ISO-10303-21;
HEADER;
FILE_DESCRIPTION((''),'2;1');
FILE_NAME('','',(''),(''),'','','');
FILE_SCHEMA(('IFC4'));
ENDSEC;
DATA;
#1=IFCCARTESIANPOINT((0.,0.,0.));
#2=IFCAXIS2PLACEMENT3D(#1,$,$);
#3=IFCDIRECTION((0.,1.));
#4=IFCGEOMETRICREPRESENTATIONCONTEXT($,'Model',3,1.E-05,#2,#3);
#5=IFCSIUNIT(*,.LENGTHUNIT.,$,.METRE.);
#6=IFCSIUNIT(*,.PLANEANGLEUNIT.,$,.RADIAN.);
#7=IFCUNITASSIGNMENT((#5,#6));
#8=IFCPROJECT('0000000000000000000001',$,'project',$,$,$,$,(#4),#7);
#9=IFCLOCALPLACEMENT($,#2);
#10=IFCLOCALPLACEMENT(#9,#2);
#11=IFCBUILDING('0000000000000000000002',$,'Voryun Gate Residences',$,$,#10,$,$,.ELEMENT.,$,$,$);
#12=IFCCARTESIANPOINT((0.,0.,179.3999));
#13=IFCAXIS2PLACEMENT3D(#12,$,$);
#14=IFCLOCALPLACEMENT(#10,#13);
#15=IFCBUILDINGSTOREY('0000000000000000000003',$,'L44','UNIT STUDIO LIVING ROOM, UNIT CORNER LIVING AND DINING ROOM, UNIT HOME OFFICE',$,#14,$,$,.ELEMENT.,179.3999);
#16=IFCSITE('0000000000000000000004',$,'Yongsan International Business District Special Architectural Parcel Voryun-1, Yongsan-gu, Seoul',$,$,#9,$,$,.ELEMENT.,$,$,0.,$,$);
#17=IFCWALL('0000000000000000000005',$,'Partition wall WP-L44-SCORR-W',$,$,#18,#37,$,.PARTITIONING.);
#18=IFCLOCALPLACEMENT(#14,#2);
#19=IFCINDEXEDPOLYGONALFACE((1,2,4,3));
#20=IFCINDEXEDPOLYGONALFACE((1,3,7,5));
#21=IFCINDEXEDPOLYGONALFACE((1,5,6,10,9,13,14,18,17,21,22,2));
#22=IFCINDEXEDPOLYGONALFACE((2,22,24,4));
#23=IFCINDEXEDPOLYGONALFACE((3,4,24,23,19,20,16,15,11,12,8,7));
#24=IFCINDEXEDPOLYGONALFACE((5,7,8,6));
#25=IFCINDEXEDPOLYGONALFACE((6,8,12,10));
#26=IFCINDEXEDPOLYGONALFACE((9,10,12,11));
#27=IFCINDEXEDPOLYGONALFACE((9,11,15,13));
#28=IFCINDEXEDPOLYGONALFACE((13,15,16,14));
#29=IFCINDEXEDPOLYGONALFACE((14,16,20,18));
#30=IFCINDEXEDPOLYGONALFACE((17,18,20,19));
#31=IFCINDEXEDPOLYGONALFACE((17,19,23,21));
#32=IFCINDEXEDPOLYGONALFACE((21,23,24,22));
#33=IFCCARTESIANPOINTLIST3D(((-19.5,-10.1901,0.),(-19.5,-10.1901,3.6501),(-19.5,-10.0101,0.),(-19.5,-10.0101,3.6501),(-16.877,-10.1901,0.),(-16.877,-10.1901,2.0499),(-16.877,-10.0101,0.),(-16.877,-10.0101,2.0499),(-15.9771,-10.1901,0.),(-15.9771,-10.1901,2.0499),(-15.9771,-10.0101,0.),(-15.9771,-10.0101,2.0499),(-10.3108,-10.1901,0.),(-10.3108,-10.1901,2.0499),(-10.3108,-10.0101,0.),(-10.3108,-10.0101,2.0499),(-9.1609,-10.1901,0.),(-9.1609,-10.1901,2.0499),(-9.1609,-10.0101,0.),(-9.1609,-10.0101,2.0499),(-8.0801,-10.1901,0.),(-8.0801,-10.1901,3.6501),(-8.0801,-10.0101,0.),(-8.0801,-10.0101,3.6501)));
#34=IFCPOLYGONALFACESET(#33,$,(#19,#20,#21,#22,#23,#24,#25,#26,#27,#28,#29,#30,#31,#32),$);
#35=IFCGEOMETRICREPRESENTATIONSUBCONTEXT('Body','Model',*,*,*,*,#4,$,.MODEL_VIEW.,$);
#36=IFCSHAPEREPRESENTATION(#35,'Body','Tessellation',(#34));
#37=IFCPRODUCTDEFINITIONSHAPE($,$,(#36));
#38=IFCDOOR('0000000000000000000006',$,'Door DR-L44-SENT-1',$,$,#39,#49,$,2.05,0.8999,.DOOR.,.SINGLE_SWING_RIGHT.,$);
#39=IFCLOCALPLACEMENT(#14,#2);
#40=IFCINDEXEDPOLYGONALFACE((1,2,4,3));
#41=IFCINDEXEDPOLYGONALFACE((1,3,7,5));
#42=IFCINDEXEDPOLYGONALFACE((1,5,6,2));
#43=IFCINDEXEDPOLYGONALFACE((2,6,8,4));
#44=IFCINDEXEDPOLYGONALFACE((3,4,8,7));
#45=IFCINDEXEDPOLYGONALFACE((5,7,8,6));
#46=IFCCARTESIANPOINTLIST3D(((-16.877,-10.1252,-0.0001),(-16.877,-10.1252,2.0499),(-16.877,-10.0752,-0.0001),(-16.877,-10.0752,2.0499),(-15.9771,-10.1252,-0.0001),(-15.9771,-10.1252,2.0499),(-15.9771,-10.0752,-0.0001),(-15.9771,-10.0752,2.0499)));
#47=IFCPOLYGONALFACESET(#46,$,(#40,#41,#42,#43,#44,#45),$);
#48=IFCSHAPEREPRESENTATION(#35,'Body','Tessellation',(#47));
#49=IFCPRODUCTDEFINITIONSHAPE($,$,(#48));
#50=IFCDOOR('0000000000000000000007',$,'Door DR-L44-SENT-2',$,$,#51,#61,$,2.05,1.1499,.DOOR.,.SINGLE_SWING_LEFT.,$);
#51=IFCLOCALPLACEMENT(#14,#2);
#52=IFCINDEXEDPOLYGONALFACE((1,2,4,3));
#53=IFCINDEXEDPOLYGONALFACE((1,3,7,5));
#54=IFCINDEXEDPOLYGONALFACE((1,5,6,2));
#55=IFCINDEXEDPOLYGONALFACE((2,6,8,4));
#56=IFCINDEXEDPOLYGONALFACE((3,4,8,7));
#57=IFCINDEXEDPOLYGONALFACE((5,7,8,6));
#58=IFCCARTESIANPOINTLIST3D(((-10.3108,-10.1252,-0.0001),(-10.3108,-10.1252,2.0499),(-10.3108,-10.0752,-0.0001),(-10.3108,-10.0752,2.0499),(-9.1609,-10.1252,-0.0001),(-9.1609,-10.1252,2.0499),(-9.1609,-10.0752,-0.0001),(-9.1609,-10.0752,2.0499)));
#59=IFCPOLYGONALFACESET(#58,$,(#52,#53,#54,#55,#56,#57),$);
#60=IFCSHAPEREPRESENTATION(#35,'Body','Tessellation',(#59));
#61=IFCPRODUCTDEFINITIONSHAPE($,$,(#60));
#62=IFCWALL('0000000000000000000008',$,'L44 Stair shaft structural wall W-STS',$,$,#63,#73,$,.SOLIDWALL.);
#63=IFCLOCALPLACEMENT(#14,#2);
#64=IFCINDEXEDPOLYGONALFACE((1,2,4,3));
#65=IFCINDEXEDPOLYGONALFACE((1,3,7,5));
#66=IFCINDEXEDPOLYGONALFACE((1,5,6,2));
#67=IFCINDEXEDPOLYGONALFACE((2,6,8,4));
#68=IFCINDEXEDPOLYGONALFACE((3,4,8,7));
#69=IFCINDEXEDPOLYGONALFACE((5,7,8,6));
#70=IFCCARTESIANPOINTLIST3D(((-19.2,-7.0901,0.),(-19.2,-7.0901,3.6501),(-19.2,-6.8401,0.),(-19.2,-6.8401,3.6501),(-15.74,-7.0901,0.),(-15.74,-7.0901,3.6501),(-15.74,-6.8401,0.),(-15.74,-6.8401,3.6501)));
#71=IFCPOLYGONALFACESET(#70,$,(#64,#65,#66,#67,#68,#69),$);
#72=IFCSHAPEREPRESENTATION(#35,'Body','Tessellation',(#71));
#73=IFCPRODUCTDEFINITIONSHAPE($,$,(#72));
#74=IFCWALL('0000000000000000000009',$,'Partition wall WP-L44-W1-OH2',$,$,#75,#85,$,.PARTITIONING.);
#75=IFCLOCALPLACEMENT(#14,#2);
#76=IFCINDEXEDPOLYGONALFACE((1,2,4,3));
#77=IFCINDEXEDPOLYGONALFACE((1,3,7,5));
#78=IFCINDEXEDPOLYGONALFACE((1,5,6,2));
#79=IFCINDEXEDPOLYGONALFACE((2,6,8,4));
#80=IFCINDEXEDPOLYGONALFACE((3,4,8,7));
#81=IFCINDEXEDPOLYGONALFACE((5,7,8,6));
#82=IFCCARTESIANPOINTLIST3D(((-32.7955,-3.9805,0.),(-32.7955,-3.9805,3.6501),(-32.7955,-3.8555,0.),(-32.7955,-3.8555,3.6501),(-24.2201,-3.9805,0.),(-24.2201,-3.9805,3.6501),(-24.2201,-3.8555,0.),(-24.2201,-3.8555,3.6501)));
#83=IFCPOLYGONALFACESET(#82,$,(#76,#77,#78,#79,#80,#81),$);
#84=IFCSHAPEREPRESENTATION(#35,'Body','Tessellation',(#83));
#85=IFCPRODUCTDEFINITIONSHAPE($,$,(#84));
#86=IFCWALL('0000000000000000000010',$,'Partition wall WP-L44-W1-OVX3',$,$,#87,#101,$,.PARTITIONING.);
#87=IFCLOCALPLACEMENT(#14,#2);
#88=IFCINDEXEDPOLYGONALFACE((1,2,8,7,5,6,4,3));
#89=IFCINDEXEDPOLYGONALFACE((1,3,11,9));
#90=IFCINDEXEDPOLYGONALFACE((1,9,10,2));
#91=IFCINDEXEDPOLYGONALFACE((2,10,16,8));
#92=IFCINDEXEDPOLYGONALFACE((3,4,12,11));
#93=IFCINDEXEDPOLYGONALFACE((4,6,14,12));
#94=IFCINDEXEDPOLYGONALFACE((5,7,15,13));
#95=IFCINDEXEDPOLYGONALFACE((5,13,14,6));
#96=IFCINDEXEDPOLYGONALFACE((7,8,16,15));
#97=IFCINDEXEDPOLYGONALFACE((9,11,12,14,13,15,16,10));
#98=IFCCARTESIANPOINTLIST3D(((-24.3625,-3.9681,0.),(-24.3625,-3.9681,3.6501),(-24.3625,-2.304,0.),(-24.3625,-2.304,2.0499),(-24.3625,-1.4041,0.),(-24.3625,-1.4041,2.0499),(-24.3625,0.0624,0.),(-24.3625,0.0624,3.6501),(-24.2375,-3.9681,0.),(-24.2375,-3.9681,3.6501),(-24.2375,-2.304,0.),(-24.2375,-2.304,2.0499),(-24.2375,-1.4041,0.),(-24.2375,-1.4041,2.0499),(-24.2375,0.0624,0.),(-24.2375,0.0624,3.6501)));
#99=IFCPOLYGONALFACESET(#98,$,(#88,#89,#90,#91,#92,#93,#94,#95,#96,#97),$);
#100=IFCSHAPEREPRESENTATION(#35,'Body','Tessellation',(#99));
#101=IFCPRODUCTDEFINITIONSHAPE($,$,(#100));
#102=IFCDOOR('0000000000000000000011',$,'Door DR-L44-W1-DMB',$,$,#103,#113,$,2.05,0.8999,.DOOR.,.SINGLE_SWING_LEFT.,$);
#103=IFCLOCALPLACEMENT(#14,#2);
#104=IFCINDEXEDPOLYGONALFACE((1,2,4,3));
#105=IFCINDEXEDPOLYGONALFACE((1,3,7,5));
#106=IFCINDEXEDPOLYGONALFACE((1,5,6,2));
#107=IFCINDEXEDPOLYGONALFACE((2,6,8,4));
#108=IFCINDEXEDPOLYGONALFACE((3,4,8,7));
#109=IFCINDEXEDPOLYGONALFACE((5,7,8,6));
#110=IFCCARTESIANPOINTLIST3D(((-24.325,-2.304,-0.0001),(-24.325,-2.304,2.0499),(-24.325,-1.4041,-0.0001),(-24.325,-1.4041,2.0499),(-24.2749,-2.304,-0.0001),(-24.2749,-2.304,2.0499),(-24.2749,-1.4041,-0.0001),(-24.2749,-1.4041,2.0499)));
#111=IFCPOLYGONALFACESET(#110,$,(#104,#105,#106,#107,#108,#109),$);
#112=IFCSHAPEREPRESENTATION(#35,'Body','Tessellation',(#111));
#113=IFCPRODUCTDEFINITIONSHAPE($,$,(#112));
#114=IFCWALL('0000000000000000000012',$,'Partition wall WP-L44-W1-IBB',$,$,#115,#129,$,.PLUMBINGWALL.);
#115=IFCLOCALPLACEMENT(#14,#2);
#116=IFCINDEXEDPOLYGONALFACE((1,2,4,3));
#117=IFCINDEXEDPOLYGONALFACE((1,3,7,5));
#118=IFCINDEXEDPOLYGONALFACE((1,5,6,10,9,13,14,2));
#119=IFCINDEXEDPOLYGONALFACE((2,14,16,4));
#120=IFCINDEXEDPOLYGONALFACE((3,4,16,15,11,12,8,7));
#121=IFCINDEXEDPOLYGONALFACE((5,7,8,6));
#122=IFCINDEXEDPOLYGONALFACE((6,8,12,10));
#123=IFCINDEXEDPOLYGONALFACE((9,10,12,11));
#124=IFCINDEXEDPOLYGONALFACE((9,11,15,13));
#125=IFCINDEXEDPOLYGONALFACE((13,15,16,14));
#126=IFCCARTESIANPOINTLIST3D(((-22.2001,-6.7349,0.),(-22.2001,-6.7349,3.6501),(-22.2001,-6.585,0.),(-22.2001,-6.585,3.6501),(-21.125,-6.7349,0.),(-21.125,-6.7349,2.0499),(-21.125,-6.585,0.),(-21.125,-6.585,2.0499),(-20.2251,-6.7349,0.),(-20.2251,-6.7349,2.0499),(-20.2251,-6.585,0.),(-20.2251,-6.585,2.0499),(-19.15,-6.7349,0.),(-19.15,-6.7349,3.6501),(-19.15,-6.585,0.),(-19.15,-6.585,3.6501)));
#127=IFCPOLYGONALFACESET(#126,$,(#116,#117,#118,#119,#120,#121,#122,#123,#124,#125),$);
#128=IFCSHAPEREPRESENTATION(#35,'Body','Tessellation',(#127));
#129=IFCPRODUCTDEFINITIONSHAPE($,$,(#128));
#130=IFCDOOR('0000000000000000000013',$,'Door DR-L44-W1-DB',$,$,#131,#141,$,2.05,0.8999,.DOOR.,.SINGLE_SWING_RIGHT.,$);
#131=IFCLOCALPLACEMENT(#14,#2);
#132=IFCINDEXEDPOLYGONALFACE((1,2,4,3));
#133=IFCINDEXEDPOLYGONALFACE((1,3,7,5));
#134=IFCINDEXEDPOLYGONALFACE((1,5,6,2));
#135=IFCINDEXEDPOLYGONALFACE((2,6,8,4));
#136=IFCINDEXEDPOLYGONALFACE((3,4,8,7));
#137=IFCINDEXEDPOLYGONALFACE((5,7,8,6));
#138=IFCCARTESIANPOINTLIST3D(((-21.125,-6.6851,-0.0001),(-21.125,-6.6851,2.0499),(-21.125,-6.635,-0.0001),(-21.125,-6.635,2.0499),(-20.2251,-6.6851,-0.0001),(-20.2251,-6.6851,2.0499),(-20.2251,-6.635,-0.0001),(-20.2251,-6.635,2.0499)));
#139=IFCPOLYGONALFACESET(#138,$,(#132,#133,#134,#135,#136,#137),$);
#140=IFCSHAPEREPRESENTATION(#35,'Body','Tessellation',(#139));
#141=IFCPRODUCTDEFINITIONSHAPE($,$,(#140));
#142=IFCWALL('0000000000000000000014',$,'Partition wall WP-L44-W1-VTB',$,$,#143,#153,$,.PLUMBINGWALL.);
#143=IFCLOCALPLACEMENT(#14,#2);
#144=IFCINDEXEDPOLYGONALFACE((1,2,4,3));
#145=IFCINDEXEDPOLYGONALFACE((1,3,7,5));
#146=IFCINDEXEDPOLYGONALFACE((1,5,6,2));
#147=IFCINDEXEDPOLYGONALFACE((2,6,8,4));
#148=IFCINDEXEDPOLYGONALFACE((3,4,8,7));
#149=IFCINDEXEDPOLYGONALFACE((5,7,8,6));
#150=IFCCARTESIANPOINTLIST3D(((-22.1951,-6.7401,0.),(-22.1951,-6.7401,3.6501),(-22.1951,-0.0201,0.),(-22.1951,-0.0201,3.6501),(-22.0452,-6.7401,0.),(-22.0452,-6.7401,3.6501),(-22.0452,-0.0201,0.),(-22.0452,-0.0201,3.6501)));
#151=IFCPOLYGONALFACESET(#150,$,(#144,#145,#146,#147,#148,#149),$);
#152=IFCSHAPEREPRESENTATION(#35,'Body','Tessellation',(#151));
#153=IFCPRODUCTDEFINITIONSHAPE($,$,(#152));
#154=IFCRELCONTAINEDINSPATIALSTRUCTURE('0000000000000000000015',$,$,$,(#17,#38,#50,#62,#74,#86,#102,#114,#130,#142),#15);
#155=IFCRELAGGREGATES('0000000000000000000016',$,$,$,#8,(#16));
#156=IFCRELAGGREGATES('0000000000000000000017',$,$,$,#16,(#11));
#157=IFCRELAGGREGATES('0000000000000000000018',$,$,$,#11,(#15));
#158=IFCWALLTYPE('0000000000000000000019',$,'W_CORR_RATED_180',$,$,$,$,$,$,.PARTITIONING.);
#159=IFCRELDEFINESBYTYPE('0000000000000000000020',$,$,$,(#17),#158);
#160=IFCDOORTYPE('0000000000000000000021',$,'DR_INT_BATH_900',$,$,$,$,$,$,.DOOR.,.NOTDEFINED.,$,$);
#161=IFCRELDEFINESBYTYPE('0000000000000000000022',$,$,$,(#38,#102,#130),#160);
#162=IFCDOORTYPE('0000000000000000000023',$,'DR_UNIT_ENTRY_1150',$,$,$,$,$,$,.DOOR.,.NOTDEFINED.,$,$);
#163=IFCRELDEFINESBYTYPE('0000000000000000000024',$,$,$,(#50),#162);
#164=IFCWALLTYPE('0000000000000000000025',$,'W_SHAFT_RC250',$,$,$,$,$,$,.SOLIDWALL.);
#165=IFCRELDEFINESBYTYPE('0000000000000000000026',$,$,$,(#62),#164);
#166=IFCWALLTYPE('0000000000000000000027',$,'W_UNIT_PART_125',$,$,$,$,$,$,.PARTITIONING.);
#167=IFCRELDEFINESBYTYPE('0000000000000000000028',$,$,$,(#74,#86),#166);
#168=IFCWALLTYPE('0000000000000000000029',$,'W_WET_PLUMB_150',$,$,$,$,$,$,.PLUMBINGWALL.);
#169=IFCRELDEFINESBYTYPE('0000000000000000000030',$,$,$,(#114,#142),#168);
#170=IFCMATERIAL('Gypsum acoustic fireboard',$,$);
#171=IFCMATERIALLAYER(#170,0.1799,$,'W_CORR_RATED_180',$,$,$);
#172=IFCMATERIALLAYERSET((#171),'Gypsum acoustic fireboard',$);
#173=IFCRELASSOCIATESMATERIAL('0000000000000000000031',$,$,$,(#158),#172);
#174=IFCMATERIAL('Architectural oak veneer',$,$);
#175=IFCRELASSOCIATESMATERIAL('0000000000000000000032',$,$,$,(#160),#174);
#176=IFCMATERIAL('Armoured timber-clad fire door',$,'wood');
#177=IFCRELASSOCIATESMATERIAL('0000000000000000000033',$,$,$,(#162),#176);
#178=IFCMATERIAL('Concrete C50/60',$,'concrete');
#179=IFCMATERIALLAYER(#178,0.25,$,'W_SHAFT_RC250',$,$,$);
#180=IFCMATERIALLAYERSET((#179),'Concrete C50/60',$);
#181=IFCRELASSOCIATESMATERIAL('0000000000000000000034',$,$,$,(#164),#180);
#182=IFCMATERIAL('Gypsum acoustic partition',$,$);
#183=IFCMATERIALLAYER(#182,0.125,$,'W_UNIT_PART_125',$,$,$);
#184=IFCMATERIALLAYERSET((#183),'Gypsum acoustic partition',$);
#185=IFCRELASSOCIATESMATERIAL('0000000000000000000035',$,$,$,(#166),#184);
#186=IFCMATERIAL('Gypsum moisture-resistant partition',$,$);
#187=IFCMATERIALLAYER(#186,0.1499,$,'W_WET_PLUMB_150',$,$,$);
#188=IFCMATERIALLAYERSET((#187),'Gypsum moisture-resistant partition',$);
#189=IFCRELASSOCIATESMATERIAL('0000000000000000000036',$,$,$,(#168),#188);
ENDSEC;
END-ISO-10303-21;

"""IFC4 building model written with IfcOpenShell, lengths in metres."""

from ifc_helpers import new_model, si_unit, direction, frame, frame_2d, origin, place, context, subcontext, project, spatial, rectangle, extrude, material, layer, layer_set, type_object, element, fill, save


model = new_model("IFC4")

# Units and contexts
model_context = context("Model", 3, precision=1e-05, world=origin(), true_north=direction((0.0, 1.0)))
body_context = subcontext(model_context, "Body", "Model", "MODEL_VIEW")
ifc_project = project(units=[si_unit("LENGTHUNIT", "METRE"), si_unit("PLANEANGLEUNIT", "RADIAN")], contexts=[model_context])

# Site, building, storey
site_placement = place(None, origin())
site = spatial("IfcSite", under=ifc_project, at=site_placement, Name="Yongsan International Business District Special Architectural Parcel Voryun-1, Yongsan-gu, Seoul", CompositionType="ELEMENT", RefElevation=0.0)
building_placement = place(site_placement, origin())
building = spatial("IfcBuilding", under=site, at=building_placement, Name="Voryun Gate Residences", CompositionType="ELEMENT")
storey_placement = place(building_placement, frame((0.0, 0.0, 179.3999)))
storey = spatial("IfcBuildingStorey", under=building, at=storey_placement, Name="L44", Description="UNIT STUDIO LIVING ROOM, UNIT CORNER LIVING AND DINING ROOM, UNIT HOME OFFICE", CompositionType="ELEMENT", Elevation=179.3999)

# Wall, openings, doors
ifc_material_1 = material(Name="Gypsum acoustic fireboard")
ifc_layer_1 = layer(ifc_material_1, 0.1799, Name="W_CORR_RATED_180")
ifc_layer_set_1 = layer_set([ifc_layer_1], Name="Gypsum acoustic fireboard")
wall_type_1 = type_object("IfcWallType", Name="W_CORR_RATED_180", PredefinedType="PARTITIONING", material=ifc_layer_set_1)
wall_1_placement = place(storey_placement, frame((-19.5, -10.1001, 0.0), z_axis=(0.0, 0.0, 1.0), x_axis=(1.0, 0.0, 0.0)))
wall_1 = element("IfcWall", 1, at=wall_1_placement, inside=storey, type_object=wall_type_1, Name="Partition wall WP-L44-SCORR-W", PredefinedType="PARTITIONING", context=body_context, shape_type="SweptSolid", body=[
    extrude(rectangle(XDim=11.4199, YDim=0.1799, at=frame_2d((5.71, 0.0))), origin(), (0.0, 0.0, 1.0), 3.6501),
])
opening_1_placement = place(wall_1_placement, frame((2.623, 0.0, 0.0)))
opening_1 = element("IfcOpeningElement", 2, at=opening_1_placement, cuts=wall_1, PredefinedType="OPENING", context=body_context, shape_type="SweptSolid", body=[
    extrude(rectangle(XDim=0.8999, YDim=2.05, at=frame_2d((0.45, 1.0249))), frame((0.0, 0.0999, 0.0), z_axis=(0.0, -1.0, 0.0), x_axis=(1.0, 0.0, 0.0)), (0.0, 0.0, 1.0), 0.2),
])
opening_2_placement = place(wall_1_placement, frame((9.1892, 0.0, 0.0)))
opening_2 = element("IfcOpeningElement", 3, at=opening_2_placement, cuts=wall_1, PredefinedType="OPENING", context=body_context, shape_type="SweptSolid", body=[
    extrude(rectangle(XDim=1.1499, YDim=2.05, at=frame_2d((0.575, 1.0249))), frame((0.0, 0.0999, 0.0), z_axis=(0.0, -1.0, 0.0), x_axis=(1.0, 0.0, 0.0)), (0.0, 0.0, 1.0), 0.2),
])
ifc_material_2 = material(Name="Architectural oak veneer")
door_type_1 = type_object("IfcDoorType", Name="DR_INT_BATH_900", OperationType="NOTDEFINED", PredefinedType="DOOR", material=ifc_material_2)
door_1_placement = place(opening_1_placement, origin())
door_1 = element("IfcDoor", 4, at=door_1_placement, inside=storey, type_object=door_type_1, Name="Door DR-L44-SENT-1", OperationType="SINGLE_SWING_RIGHT", OverallHeight=2.05, OverallWidth=0.8999, PredefinedType="DOOR", context=body_context, shape_type="SweptSolid", body=[
    extrude(rectangle(XDim=0.8999, YDim=2.05, at=frame_2d((0.45, 1.0249))), frame((0.0, 0.0249, 0.0), z_axis=(0.0, -1.0, 0.0), x_axis=(1.0, 0.0, 0.0)), (0.0, 0.0, 1.0), 0.05),
])
fill(opening_1, door_1)
ifc_material_3 = material(Name="Armoured timber-clad fire door", Category="wood")
door_type_2 = type_object("IfcDoorType", Name="DR_UNIT_ENTRY_1150", OperationType="NOTDEFINED", PredefinedType="DOOR", material=ifc_material_3)
door_2_placement = place(opening_2_placement, origin())
door_2 = element("IfcDoor", 5, at=door_2_placement, inside=storey, type_object=door_type_2, Name="Door DR-L44-SENT-2", OperationType="SINGLE_SWING_LEFT", OverallHeight=2.05, OverallWidth=1.1499, PredefinedType="DOOR", context=body_context, shape_type="SweptSolid", body=[
    extrude(rectangle(XDim=1.1499, YDim=2.05, at=frame_2d((0.575, 1.0249))), frame((0.0, 0.0249, 0.0), z_axis=(0.0, -1.0, 0.0), x_axis=(1.0, 0.0, 0.0)), (0.0, 0.0, 1.0), 0.05),
])
fill(opening_2, door_2)

# Walls
ifc_material_4 = material(Name="Concrete C50/60", Category="concrete")
ifc_layer_2 = layer(ifc_material_4, 0.25, Name="W_SHAFT_RC250")
ifc_layer_set_2 = layer_set([ifc_layer_2], Name="Concrete C50/60")
wall_type_2 = type_object("IfcWallType", Name="W_SHAFT_RC250", PredefinedType="SOLIDWALL", material=ifc_layer_set_2)
wall_2_placement = place(storey_placement, frame((-19.2, -6.9651, 0.0), z_axis=(0.0, 0.0, 1.0), x_axis=(1.0, 0.0, 0.0)))
element("IfcWall", 6, at=wall_2_placement, inside=storey, type_object=wall_type_2, Name="L44 Stair shaft structural wall W-STS", PredefinedType="SOLIDWALL", context=body_context, shape_type="SweptSolid", body=[
    extrude(rectangle(XDim=3.46, YDim=0.25, at=frame_2d((1.73, 0.0))), origin(), (0.0, 0.0, 1.0), 3.6501),
])
ifc_material_5 = material(Name="Gypsum acoustic partition")
ifc_layer_3 = layer(ifc_material_5, 0.125, Name="W_UNIT_PART_125")
ifc_layer_set_3 = layer_set([ifc_layer_3], Name="Gypsum acoustic partition")
wall_type_3 = type_object("IfcWallType", Name="W_UNIT_PART_125", PredefinedType="PARTITIONING", material=ifc_layer_set_3)
wall_3_placement = place(storey_placement, frame((-32.7954, -3.918, 0.0), z_axis=(0.0, 0.0, 1.0), x_axis=(1.0, 0.0, 0.0)))
element("IfcWall", 7, at=wall_3_placement, inside=storey, type_object=wall_type_3, Name="Partition wall WP-L44-W1-OH2", PredefinedType="PARTITIONING", context=body_context, shape_type="SweptSolid", body=[
    extrude(rectangle(XDim=8.5754, YDim=0.125, at=frame_2d((4.2876, 0.0))), origin(), (0.0, 0.0, 1.0), 3.6501),
])

# Walls, openings, doors
wall_4_placement = place(storey_placement, frame((-24.3, -3.968, 0.0), z_axis=(0.0, 0.0, 1.0), x_axis=(0.0, 1.0, 0.0)))
wall_4 = element("IfcWall", 8, at=wall_4_placement, inside=storey, type_object=wall_type_3, Name="Partition wall WP-L44-W1-OVX3", PredefinedType="PARTITIONING", context=body_context, shape_type="SweptSolid", body=[
    extrude(rectangle(XDim=4.0305, YDim=0.125, at=frame_2d((2.0151, 0.0))), origin(), (0.0, 0.0, 1.0), 3.6501),
])
opening_3_placement = place(wall_4_placement, frame((1.6641, 0.0, 0.0)))
opening_3 = element("IfcOpeningElement", 9, at=opening_3_placement, cuts=wall_4, PredefinedType="OPENING", context=body_context, shape_type="SweptSolid", body=[
    extrude(rectangle(XDim=0.8999, YDim=2.05, at=frame_2d((0.45, 1.0249))), frame((0.0, 0.0725, 0.0), z_axis=(0.0, -1.0, 0.0), x_axis=(1.0, 0.0, 0.0)), (0.0, 0.0, 1.0), 0.145),
])
door_3_placement = place(opening_3_placement, origin())
door_3 = element("IfcDoor", 10, at=door_3_placement, inside=storey, type_object=door_type_1, Name="Door DR-L44-W1-DMB", OperationType="SINGLE_SWING_LEFT", OverallHeight=2.05, OverallWidth=0.8999, PredefinedType="DOOR", context=body_context, shape_type="SweptSolid", body=[
    extrude(rectangle(XDim=0.8999, YDim=2.05, at=frame_2d((0.45, 1.0249))), frame((0.0, 0.0249, 0.0), z_axis=(0.0, -1.0, 0.0), x_axis=(1.0, 0.0, 0.0)), (0.0, 0.0, 1.0), 0.05),
])
fill(opening_3, door_3)
ifc_material_6 = material(Name="Gypsum moisture-resistant partition")
ifc_layer_4 = layer(ifc_material_6, 0.1499, Name="W_WET_PLUMB_150")
ifc_layer_set_4 = layer_set([ifc_layer_4], Name="Gypsum moisture-resistant partition")
wall_type_4 = type_object("IfcWallType", Name="W_WET_PLUMB_150", PredefinedType="PLUMBINGWALL", material=ifc_layer_set_4)
wall_5_placement = place(storey_placement, frame((-22.2, -6.6599, 0.0), z_axis=(0.0, 0.0, 1.0), x_axis=(1.0, 0.0, 0.0)))
wall_5 = element("IfcWall", 11, at=wall_5_placement, inside=storey, type_object=wall_type_4, Name="Partition wall WP-L44-W1-IBB", PredefinedType="PLUMBINGWALL", context=body_context, shape_type="SweptSolid", body=[
    extrude(rectangle(XDim=3.05, YDim=0.1499, at=frame_2d((1.5249, 0.0))), origin(), (0.0, 0.0, 1.0), 3.6501),
])
opening_4_placement = place(wall_5_placement, frame((1.075, 0.0, 0.0)))
opening_4 = element("IfcOpeningElement", 12, at=opening_4_placement, cuts=wall_5, PredefinedType="OPENING", context=body_context, shape_type="SweptSolid", body=[
    extrude(rectangle(XDim=0.8999, YDim=2.05, at=frame_2d((0.45, 1.0249))), frame((0.0, 0.085, 0.0), z_axis=(0.0, -1.0, 0.0), x_axis=(1.0, 0.0, 0.0)), (0.0, 0.0, 1.0), 0.1699),
])
door_4_placement = place(opening_4_placement, origin())
door_4 = element("IfcDoor", 13, at=door_4_placement, inside=storey, type_object=door_type_1, Name="Door DR-L44-W1-DB", OperationType="SINGLE_SWING_RIGHT", OverallHeight=2.05, OverallWidth=0.8999, PredefinedType="DOOR", context=body_context, shape_type="SweptSolid", body=[
    extrude(rectangle(XDim=0.8999, YDim=2.05, at=frame_2d((0.45, 1.0249))), frame((0.0, 0.0249, 0.0), z_axis=(0.0, -1.0, 0.0), x_axis=(1.0, 0.0, 0.0)), (0.0, 0.0, 1.0), 0.05),
])
fill(opening_4, door_4)

# Wall
wall_6_placement = place(storey_placement, frame((-22.1201, -6.74, 0.0), z_axis=(0.0, 0.0, 1.0), x_axis=(0.0, 1.0, 0.0)))
element("IfcWall", 14, at=wall_6_placement, inside=storey, type_object=wall_type_4, Name="Partition wall WP-L44-W1-VTB", PredefinedType="PLUMBINGWALL", context=body_context, shape_type="SweptSolid", body=[
    extrude(rectangle(XDim=6.72, YDim=0.1499, at=frame_2d((3.3599, 0.0))), origin(), (0.0, 0.0, 1.0), 3.6501),
])

save(model, "model.ifc")
